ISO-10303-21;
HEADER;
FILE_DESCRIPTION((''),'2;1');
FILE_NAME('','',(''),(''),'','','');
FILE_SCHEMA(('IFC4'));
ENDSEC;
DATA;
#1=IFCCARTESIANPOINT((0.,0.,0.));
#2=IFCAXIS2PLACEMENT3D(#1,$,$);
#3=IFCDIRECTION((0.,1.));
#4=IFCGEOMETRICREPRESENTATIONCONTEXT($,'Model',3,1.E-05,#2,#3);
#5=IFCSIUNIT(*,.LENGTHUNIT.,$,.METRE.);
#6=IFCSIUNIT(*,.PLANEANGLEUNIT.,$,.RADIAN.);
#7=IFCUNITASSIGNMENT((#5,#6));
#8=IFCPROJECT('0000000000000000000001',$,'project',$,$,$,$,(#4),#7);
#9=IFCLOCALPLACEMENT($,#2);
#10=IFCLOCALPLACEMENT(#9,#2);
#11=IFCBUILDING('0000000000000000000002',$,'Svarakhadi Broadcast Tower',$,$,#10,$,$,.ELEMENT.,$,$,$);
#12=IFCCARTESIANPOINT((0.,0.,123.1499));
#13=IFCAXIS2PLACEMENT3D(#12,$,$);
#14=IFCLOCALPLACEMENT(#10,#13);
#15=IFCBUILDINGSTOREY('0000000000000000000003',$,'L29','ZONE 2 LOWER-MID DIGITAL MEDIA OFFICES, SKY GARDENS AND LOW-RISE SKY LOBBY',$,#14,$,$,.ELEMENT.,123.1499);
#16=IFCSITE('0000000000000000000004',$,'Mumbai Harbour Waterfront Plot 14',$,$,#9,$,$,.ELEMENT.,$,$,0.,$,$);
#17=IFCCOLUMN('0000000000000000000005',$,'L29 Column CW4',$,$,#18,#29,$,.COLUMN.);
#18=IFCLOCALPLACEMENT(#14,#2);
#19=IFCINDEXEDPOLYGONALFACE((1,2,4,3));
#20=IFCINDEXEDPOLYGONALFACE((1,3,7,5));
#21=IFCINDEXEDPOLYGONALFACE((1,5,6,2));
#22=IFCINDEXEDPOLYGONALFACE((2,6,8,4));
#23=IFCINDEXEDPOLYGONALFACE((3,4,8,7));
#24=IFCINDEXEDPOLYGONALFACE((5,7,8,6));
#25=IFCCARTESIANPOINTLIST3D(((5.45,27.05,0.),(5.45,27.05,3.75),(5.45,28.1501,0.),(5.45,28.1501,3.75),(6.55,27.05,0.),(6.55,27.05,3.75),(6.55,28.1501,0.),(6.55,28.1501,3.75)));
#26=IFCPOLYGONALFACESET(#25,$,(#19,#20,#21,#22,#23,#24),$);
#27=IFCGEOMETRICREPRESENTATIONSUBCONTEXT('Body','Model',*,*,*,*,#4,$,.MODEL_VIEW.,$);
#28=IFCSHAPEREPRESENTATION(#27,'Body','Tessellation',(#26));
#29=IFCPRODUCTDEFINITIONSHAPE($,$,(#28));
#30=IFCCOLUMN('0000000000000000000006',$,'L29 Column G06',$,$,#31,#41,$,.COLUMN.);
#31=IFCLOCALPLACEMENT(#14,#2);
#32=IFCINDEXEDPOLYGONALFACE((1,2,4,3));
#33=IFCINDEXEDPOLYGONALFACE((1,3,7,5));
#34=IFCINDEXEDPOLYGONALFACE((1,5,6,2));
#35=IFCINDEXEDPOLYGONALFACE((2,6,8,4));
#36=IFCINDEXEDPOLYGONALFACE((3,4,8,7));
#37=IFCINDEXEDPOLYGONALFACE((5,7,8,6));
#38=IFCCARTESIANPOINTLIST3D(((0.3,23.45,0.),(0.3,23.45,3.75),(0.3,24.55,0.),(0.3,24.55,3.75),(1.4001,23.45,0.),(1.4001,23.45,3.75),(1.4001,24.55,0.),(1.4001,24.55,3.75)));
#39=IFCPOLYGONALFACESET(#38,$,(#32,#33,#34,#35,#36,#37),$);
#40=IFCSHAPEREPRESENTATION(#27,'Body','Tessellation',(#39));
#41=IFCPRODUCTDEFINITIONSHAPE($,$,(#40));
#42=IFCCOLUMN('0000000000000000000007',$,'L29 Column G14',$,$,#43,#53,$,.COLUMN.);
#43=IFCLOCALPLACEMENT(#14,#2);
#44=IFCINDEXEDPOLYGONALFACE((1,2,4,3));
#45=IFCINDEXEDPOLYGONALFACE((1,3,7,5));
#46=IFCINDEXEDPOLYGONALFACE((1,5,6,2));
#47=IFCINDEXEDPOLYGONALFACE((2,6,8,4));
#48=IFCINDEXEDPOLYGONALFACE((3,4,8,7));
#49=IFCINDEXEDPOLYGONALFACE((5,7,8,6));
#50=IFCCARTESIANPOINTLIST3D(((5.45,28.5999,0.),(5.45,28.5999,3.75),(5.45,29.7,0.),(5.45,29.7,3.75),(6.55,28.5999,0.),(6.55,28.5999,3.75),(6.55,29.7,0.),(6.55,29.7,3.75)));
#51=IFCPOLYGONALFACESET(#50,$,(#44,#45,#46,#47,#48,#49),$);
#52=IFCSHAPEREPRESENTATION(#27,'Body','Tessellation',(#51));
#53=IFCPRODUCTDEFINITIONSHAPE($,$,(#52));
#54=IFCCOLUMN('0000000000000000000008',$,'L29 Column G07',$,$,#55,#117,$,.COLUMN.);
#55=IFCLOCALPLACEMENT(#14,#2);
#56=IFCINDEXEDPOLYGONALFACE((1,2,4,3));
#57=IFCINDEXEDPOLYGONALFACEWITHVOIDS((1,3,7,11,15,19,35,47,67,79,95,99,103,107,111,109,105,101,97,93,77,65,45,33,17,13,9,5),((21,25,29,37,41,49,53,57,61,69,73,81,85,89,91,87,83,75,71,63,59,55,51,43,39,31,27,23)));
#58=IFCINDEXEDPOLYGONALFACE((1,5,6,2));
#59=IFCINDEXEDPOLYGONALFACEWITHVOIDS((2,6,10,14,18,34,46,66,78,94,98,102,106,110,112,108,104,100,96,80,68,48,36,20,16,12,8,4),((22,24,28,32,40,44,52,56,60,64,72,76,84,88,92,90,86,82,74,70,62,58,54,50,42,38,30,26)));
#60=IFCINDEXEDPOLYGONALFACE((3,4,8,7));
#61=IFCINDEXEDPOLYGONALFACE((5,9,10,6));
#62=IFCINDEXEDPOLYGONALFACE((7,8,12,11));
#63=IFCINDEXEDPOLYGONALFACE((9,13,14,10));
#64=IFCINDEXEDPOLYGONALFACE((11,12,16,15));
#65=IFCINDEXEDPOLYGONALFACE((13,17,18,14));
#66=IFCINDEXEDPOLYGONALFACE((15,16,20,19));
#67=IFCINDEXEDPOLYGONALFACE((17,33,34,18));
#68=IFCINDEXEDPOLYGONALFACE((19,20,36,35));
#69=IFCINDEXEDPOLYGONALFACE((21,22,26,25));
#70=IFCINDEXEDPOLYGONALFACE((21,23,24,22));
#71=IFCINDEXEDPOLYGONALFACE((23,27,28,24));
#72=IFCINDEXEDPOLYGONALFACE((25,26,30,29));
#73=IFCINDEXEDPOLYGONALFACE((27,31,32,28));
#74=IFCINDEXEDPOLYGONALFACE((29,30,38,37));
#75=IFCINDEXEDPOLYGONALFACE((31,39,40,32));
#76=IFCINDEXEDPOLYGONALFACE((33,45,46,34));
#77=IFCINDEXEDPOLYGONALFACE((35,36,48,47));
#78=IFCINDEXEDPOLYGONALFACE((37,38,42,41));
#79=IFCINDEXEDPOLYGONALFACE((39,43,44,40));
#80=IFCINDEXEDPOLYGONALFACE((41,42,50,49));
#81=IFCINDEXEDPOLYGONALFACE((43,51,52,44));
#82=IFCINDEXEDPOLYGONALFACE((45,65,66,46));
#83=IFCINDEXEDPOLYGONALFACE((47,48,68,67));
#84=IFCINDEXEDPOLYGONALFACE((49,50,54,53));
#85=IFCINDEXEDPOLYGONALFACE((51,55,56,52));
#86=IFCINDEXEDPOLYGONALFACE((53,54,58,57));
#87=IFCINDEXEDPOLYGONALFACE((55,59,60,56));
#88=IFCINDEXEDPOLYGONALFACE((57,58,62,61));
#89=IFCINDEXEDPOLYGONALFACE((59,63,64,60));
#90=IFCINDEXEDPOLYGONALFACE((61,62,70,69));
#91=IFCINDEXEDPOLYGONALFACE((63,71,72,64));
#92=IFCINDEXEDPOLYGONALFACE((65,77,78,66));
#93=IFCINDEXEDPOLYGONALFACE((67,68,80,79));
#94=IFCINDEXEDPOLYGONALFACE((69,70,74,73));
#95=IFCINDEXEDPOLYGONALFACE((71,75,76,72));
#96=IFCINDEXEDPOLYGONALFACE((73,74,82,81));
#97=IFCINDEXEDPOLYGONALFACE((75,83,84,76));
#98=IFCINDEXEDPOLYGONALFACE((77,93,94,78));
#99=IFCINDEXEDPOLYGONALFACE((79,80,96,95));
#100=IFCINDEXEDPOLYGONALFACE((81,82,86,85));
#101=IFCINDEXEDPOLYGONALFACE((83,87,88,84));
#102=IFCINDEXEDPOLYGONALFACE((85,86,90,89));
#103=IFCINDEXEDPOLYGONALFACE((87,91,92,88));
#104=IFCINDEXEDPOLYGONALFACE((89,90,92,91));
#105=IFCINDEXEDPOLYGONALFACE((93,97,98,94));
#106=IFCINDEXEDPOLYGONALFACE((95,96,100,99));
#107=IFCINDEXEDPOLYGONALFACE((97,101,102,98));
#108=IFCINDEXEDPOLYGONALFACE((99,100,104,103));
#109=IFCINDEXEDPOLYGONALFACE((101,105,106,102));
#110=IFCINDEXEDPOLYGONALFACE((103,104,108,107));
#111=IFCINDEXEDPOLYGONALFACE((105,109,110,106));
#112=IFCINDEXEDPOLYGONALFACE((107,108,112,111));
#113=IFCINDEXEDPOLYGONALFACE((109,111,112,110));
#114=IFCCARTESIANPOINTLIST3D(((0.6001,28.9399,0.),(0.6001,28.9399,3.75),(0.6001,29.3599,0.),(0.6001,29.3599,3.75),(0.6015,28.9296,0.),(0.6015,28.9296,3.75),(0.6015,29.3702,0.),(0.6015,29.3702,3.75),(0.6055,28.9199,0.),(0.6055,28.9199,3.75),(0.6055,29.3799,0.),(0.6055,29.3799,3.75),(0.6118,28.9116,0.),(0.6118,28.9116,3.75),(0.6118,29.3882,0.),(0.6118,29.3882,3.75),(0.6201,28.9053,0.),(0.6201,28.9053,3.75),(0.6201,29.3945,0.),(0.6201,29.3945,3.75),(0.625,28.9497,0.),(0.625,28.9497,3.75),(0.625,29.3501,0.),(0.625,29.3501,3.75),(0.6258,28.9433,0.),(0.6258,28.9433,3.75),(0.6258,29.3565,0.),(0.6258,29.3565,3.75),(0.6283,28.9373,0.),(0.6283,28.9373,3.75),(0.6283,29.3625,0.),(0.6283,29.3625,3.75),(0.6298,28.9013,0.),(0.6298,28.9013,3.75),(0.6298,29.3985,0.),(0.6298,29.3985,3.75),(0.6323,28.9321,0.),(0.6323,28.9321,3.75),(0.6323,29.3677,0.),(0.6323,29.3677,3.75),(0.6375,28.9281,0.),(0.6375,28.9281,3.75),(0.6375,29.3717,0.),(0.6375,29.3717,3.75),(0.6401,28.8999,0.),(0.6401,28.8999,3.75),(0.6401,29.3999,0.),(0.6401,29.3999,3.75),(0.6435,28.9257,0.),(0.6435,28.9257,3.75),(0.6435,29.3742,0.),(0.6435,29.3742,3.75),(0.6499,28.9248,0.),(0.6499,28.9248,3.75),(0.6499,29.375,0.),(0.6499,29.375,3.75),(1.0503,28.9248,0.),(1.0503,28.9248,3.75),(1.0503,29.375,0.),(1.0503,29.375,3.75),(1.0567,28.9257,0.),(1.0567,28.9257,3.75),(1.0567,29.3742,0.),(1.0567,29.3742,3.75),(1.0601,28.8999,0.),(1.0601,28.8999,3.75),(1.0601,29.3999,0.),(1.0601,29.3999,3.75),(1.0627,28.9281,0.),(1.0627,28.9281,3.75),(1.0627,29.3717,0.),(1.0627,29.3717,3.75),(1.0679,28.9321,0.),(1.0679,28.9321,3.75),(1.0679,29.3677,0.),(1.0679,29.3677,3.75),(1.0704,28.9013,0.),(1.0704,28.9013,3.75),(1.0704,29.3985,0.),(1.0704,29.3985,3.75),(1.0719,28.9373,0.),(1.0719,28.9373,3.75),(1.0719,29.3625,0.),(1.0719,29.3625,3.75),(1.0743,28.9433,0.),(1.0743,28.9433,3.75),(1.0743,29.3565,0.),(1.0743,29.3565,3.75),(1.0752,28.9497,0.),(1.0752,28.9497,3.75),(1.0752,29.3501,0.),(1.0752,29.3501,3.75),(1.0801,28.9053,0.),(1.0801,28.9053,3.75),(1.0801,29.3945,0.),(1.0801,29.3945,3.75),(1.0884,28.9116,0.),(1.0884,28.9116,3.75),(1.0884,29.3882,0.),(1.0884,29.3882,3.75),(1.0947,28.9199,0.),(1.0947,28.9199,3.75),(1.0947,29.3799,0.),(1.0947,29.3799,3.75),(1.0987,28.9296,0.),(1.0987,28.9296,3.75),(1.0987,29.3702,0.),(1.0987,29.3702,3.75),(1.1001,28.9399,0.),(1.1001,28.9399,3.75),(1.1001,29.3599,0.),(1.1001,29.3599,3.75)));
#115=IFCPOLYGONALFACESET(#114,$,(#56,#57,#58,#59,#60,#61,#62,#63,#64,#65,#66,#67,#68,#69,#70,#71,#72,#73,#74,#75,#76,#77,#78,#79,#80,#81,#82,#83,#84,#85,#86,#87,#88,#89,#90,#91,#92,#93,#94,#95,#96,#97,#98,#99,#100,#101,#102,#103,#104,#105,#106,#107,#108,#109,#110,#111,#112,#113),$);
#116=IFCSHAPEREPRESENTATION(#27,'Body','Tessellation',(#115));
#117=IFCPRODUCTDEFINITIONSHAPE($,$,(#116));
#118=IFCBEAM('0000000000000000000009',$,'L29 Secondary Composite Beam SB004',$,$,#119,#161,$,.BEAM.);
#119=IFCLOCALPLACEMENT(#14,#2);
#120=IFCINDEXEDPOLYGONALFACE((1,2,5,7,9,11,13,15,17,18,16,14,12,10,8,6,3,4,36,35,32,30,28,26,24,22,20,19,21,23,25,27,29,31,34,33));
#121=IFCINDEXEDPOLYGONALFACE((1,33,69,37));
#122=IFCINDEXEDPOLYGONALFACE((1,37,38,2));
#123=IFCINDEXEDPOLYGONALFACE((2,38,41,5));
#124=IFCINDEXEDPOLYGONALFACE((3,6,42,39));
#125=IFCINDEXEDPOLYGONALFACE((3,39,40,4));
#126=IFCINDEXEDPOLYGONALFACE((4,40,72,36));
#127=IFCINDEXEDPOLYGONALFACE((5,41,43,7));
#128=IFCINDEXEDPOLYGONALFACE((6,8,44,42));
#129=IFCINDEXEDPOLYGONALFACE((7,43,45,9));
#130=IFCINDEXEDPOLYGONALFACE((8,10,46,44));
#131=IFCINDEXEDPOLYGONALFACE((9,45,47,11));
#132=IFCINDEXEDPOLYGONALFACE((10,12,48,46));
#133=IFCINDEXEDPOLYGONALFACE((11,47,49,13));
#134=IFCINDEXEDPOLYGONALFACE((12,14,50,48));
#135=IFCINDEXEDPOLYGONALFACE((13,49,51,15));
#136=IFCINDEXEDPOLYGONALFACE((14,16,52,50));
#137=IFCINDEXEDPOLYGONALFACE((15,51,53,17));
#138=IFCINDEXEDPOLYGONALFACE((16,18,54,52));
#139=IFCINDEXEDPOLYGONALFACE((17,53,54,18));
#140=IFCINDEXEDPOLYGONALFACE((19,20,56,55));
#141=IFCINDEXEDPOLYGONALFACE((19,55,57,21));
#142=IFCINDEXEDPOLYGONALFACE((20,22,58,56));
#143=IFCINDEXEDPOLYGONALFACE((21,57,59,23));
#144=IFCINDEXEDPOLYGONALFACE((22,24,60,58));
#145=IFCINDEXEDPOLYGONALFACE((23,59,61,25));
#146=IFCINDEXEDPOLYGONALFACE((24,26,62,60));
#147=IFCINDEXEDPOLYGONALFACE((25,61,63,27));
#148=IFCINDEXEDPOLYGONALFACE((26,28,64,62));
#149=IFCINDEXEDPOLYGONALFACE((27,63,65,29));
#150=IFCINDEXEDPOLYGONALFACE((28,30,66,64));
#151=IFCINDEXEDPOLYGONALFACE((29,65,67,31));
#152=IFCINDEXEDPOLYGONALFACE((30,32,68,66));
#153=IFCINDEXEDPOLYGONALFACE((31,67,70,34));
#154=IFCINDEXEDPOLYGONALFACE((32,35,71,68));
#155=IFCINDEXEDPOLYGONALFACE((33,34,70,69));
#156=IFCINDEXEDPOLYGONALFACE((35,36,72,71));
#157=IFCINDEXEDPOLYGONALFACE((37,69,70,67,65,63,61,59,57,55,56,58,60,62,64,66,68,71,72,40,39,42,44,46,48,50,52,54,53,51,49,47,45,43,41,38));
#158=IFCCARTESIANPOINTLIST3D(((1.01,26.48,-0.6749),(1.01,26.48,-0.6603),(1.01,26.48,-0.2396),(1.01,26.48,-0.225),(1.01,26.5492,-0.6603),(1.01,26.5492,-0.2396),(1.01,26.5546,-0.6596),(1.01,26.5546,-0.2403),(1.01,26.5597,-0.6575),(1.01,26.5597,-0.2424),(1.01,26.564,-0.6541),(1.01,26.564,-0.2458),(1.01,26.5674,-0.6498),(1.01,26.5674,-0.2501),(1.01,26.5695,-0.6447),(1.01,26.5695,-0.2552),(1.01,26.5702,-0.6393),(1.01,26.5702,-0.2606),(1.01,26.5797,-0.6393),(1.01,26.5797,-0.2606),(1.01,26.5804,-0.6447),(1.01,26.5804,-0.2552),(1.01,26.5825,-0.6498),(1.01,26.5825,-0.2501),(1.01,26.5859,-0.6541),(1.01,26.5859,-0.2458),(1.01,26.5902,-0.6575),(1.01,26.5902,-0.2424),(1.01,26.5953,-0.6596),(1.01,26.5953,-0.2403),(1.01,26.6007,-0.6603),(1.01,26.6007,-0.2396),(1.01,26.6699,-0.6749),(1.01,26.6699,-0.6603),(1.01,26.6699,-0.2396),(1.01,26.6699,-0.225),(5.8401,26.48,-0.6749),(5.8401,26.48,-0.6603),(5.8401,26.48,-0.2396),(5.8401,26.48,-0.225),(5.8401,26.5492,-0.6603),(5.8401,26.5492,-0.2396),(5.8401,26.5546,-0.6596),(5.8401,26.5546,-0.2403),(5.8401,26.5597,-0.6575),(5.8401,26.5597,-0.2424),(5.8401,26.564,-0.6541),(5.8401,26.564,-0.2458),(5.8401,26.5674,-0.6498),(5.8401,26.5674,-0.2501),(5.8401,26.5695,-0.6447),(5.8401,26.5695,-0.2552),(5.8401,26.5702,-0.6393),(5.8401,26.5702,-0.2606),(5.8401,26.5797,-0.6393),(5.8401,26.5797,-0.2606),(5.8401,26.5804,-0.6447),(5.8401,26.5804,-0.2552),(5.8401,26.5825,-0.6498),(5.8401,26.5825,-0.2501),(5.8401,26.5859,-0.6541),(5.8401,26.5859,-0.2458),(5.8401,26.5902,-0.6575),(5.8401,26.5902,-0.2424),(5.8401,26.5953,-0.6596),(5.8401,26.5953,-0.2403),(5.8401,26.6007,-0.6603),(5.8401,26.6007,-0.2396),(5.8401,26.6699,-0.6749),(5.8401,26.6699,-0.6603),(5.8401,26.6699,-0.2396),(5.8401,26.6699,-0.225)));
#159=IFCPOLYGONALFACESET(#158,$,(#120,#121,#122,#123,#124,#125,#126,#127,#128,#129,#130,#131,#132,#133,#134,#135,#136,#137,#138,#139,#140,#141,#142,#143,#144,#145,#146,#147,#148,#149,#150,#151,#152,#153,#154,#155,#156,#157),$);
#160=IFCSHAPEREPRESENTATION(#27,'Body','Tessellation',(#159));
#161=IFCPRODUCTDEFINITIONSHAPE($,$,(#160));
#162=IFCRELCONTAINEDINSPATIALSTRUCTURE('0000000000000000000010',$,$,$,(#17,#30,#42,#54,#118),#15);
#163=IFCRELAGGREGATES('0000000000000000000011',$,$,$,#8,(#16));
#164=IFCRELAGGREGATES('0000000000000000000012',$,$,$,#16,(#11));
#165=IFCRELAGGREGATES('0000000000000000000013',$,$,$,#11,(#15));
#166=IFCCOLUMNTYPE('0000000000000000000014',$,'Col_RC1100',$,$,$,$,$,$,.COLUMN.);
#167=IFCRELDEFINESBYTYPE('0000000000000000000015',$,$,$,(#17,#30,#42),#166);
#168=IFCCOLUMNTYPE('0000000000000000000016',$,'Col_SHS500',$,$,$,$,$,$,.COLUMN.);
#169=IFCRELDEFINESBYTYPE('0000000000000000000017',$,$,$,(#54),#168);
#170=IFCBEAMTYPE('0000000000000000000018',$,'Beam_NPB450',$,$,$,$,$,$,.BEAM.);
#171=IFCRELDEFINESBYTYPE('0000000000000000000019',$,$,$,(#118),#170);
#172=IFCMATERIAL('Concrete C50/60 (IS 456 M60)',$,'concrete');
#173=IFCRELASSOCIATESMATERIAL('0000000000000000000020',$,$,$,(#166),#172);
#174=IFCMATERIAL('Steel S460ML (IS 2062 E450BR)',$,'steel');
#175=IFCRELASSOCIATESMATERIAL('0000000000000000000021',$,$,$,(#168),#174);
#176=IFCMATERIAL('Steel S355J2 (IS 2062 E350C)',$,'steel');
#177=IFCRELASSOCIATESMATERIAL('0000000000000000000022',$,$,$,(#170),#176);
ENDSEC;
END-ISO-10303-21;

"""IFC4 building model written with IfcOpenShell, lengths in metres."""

from ifc_helpers import new_model, si_unit, direction, frame, origin, origin_2d, place, context, subcontext, project, spatial, rectangle, hollow_rectangle, i_section, extrude, material, material_profile, profile_set, type_object, element, save


model = new_model("IFC4")

# Units and contexts
model_context = context("Model", 3, precision=1e-05, world=origin(), true_north=direction((0.0, 1.0)))
body_context = subcontext(model_context, "Body", "Model", "MODEL_VIEW")
ifc_project = project(units=[si_unit("LENGTHUNIT", "METRE"), si_unit("PLANEANGLEUNIT", "RADIAN")], contexts=[model_context])

# Site, building, storey
site_placement = place(None, origin())
site = spatial("IfcSite", under=ifc_project, at=site_placement, Name="Mumbai Harbour Waterfront Plot 14", CompositionType="ELEMENT", RefElevation=0.0)
building_placement = place(site_placement, origin())
building = spatial("IfcBuilding", under=site, at=building_placement, Name="Svarakhadi Broadcast Tower", CompositionType="ELEMENT")
storey_placement = place(building_placement, frame((0.0, 0.0, 123.1499)))
storey = spatial("IfcBuildingStorey", under=building, at=storey_placement, Name="L29", Description="ZONE 2 LOWER-MID DIGITAL MEDIA OFFICES, SKY GARDENS AND LOW-RISE SKY LOBBY", CompositionType="ELEMENT", Elevation=123.1499)

# Columns
ifc_material_1 = material(Name="Concrete C50/60 (IS 456 M60)", Category="concrete")
ifc_material_profile_1 = material_profile(ifc_material_1, rectangle(XDim=1.1001, YDim=1.1001, at=origin_2d()), Name="RC 1100x1100")
ifc_profile_set_1 = profile_set([ifc_material_profile_1], Name="Concrete C50/60 (IS 456 M60)")
column_type_1 = type_object("IfcColumnType", Name="Col_RC1100", PredefinedType="COLUMN", material=ifc_profile_set_1)
for number, where, z_axis, x_axis, name in (
    (1, (6.0, 27.6001, 0.0), (0.0, 0.0, 1.0), (1.0, 0.0, 0.0), "L29 Column CW4"),
    (2, (0.8501, 24.0, 0.0), (0.0, 0.0, 1.0), (1.0, 0.0, 0.0), "L29 Column G06"),
    (3, (6.0, 29.1499, 0.0), (0.0, 0.0, 1.0), (1.0, 0.0, 0.0), "L29 Column G14"),
):
    element("IfcColumn", number, at=place(storey_placement, frame(where, z_axis=z_axis, x_axis=x_axis)), inside=storey, type_object=column_type_1, Name=name, PredefinedType="COLUMN", context=body_context, shape_type="SweptSolid", body=[
        extrude(rectangle(XDim=1.1001, YDim=1.1001, at=origin_2d()), origin(), (0.0, 0.0, 1.0), 3.75),
    ])
ifc_material_2 = material(Name="Steel S460ML (IS 2062 E450BR)", Category="steel")
ifc_material_profile_2 = material_profile(ifc_material_2, hollow_rectangle(XDim=0.5, YDim=0.5, WallThickness=0.0249, InnerFilletRadius=0.0249, OuterFilletRadius=0.04, at=origin_2d()), Name="SHS 500x500x25")
ifc_profile_set_2 = profile_set([ifc_material_profile_2], Name="Steel S460ML (IS 2062 E450BR)")
column_type_2 = type_object("IfcColumnType", Name="Col_SHS500", PredefinedType="COLUMN", material=ifc_profile_set_2)
column_placement = place(storey_placement, frame((0.8501, 29.1499, 0.0), z_axis=(0.0, 0.0, 1.0), x_axis=(1.0, 0.0, 0.0)))
element("IfcColumn", 4, at=column_placement, inside=storey, type_object=column_type_2, Name="L29 Column G07", PredefinedType="COLUMN", context=body_context, shape_type="SweptSolid", body=[
    extrude(hollow_rectangle(XDim=0.5, YDim=0.5, WallThickness=0.0249, InnerFilletRadius=0.0249, OuterFilletRadius=0.04, at=origin_2d()), origin(), (0.0, 0.0, 1.0), 3.75),
])

# Beam
ifc_material_3 = material(Name="Steel S355J2 (IS 2062 E350C)", Category="steel")
ifc_material_profile_3 = material_profile(ifc_material_3, i_section(OverallWidth=0.1899, OverallDepth=0.45, WebThickness=0.0095, FlangeThickness=0.0146, FilletRadius=0.021, at=origin_2d()), Name="NPB 450x190x78")
ifc_profile_set_3 = profile_set([ifc_material_profile_3], Name="Steel S355J2 (IS 2062 E350C)")
beam_type_1 = type_object("IfcBeamType", Name="Beam_NPB450", PredefinedType="BEAM", material=ifc_profile_set_3)
for number, where, z_axis, x_axis, name in (
    (5, (1.01, 26.575, -0.45), (1.0, 0.0, 0.0), (0.0, 1.0, 0.0), "L29 Secondary Composite Beam SB004"),
):
    element("IfcBeam", number, at=place(storey_placement, frame(where, z_axis=z_axis, x_axis=x_axis)), inside=storey, type_object=beam_type_1, Name=name, PredefinedType="BEAM", context=body_context, shape_type="SweptSolid", body=[
        extrude(i_section(OverallWidth=0.1899, OverallDepth=0.45, WebThickness=0.0095, FlangeThickness=0.0146, FilletRadius=0.021, at=origin_2d()), origin(), (0.0, 0.0, 1.0), 4.8301),
    ])

save(model, "model.ifc")
